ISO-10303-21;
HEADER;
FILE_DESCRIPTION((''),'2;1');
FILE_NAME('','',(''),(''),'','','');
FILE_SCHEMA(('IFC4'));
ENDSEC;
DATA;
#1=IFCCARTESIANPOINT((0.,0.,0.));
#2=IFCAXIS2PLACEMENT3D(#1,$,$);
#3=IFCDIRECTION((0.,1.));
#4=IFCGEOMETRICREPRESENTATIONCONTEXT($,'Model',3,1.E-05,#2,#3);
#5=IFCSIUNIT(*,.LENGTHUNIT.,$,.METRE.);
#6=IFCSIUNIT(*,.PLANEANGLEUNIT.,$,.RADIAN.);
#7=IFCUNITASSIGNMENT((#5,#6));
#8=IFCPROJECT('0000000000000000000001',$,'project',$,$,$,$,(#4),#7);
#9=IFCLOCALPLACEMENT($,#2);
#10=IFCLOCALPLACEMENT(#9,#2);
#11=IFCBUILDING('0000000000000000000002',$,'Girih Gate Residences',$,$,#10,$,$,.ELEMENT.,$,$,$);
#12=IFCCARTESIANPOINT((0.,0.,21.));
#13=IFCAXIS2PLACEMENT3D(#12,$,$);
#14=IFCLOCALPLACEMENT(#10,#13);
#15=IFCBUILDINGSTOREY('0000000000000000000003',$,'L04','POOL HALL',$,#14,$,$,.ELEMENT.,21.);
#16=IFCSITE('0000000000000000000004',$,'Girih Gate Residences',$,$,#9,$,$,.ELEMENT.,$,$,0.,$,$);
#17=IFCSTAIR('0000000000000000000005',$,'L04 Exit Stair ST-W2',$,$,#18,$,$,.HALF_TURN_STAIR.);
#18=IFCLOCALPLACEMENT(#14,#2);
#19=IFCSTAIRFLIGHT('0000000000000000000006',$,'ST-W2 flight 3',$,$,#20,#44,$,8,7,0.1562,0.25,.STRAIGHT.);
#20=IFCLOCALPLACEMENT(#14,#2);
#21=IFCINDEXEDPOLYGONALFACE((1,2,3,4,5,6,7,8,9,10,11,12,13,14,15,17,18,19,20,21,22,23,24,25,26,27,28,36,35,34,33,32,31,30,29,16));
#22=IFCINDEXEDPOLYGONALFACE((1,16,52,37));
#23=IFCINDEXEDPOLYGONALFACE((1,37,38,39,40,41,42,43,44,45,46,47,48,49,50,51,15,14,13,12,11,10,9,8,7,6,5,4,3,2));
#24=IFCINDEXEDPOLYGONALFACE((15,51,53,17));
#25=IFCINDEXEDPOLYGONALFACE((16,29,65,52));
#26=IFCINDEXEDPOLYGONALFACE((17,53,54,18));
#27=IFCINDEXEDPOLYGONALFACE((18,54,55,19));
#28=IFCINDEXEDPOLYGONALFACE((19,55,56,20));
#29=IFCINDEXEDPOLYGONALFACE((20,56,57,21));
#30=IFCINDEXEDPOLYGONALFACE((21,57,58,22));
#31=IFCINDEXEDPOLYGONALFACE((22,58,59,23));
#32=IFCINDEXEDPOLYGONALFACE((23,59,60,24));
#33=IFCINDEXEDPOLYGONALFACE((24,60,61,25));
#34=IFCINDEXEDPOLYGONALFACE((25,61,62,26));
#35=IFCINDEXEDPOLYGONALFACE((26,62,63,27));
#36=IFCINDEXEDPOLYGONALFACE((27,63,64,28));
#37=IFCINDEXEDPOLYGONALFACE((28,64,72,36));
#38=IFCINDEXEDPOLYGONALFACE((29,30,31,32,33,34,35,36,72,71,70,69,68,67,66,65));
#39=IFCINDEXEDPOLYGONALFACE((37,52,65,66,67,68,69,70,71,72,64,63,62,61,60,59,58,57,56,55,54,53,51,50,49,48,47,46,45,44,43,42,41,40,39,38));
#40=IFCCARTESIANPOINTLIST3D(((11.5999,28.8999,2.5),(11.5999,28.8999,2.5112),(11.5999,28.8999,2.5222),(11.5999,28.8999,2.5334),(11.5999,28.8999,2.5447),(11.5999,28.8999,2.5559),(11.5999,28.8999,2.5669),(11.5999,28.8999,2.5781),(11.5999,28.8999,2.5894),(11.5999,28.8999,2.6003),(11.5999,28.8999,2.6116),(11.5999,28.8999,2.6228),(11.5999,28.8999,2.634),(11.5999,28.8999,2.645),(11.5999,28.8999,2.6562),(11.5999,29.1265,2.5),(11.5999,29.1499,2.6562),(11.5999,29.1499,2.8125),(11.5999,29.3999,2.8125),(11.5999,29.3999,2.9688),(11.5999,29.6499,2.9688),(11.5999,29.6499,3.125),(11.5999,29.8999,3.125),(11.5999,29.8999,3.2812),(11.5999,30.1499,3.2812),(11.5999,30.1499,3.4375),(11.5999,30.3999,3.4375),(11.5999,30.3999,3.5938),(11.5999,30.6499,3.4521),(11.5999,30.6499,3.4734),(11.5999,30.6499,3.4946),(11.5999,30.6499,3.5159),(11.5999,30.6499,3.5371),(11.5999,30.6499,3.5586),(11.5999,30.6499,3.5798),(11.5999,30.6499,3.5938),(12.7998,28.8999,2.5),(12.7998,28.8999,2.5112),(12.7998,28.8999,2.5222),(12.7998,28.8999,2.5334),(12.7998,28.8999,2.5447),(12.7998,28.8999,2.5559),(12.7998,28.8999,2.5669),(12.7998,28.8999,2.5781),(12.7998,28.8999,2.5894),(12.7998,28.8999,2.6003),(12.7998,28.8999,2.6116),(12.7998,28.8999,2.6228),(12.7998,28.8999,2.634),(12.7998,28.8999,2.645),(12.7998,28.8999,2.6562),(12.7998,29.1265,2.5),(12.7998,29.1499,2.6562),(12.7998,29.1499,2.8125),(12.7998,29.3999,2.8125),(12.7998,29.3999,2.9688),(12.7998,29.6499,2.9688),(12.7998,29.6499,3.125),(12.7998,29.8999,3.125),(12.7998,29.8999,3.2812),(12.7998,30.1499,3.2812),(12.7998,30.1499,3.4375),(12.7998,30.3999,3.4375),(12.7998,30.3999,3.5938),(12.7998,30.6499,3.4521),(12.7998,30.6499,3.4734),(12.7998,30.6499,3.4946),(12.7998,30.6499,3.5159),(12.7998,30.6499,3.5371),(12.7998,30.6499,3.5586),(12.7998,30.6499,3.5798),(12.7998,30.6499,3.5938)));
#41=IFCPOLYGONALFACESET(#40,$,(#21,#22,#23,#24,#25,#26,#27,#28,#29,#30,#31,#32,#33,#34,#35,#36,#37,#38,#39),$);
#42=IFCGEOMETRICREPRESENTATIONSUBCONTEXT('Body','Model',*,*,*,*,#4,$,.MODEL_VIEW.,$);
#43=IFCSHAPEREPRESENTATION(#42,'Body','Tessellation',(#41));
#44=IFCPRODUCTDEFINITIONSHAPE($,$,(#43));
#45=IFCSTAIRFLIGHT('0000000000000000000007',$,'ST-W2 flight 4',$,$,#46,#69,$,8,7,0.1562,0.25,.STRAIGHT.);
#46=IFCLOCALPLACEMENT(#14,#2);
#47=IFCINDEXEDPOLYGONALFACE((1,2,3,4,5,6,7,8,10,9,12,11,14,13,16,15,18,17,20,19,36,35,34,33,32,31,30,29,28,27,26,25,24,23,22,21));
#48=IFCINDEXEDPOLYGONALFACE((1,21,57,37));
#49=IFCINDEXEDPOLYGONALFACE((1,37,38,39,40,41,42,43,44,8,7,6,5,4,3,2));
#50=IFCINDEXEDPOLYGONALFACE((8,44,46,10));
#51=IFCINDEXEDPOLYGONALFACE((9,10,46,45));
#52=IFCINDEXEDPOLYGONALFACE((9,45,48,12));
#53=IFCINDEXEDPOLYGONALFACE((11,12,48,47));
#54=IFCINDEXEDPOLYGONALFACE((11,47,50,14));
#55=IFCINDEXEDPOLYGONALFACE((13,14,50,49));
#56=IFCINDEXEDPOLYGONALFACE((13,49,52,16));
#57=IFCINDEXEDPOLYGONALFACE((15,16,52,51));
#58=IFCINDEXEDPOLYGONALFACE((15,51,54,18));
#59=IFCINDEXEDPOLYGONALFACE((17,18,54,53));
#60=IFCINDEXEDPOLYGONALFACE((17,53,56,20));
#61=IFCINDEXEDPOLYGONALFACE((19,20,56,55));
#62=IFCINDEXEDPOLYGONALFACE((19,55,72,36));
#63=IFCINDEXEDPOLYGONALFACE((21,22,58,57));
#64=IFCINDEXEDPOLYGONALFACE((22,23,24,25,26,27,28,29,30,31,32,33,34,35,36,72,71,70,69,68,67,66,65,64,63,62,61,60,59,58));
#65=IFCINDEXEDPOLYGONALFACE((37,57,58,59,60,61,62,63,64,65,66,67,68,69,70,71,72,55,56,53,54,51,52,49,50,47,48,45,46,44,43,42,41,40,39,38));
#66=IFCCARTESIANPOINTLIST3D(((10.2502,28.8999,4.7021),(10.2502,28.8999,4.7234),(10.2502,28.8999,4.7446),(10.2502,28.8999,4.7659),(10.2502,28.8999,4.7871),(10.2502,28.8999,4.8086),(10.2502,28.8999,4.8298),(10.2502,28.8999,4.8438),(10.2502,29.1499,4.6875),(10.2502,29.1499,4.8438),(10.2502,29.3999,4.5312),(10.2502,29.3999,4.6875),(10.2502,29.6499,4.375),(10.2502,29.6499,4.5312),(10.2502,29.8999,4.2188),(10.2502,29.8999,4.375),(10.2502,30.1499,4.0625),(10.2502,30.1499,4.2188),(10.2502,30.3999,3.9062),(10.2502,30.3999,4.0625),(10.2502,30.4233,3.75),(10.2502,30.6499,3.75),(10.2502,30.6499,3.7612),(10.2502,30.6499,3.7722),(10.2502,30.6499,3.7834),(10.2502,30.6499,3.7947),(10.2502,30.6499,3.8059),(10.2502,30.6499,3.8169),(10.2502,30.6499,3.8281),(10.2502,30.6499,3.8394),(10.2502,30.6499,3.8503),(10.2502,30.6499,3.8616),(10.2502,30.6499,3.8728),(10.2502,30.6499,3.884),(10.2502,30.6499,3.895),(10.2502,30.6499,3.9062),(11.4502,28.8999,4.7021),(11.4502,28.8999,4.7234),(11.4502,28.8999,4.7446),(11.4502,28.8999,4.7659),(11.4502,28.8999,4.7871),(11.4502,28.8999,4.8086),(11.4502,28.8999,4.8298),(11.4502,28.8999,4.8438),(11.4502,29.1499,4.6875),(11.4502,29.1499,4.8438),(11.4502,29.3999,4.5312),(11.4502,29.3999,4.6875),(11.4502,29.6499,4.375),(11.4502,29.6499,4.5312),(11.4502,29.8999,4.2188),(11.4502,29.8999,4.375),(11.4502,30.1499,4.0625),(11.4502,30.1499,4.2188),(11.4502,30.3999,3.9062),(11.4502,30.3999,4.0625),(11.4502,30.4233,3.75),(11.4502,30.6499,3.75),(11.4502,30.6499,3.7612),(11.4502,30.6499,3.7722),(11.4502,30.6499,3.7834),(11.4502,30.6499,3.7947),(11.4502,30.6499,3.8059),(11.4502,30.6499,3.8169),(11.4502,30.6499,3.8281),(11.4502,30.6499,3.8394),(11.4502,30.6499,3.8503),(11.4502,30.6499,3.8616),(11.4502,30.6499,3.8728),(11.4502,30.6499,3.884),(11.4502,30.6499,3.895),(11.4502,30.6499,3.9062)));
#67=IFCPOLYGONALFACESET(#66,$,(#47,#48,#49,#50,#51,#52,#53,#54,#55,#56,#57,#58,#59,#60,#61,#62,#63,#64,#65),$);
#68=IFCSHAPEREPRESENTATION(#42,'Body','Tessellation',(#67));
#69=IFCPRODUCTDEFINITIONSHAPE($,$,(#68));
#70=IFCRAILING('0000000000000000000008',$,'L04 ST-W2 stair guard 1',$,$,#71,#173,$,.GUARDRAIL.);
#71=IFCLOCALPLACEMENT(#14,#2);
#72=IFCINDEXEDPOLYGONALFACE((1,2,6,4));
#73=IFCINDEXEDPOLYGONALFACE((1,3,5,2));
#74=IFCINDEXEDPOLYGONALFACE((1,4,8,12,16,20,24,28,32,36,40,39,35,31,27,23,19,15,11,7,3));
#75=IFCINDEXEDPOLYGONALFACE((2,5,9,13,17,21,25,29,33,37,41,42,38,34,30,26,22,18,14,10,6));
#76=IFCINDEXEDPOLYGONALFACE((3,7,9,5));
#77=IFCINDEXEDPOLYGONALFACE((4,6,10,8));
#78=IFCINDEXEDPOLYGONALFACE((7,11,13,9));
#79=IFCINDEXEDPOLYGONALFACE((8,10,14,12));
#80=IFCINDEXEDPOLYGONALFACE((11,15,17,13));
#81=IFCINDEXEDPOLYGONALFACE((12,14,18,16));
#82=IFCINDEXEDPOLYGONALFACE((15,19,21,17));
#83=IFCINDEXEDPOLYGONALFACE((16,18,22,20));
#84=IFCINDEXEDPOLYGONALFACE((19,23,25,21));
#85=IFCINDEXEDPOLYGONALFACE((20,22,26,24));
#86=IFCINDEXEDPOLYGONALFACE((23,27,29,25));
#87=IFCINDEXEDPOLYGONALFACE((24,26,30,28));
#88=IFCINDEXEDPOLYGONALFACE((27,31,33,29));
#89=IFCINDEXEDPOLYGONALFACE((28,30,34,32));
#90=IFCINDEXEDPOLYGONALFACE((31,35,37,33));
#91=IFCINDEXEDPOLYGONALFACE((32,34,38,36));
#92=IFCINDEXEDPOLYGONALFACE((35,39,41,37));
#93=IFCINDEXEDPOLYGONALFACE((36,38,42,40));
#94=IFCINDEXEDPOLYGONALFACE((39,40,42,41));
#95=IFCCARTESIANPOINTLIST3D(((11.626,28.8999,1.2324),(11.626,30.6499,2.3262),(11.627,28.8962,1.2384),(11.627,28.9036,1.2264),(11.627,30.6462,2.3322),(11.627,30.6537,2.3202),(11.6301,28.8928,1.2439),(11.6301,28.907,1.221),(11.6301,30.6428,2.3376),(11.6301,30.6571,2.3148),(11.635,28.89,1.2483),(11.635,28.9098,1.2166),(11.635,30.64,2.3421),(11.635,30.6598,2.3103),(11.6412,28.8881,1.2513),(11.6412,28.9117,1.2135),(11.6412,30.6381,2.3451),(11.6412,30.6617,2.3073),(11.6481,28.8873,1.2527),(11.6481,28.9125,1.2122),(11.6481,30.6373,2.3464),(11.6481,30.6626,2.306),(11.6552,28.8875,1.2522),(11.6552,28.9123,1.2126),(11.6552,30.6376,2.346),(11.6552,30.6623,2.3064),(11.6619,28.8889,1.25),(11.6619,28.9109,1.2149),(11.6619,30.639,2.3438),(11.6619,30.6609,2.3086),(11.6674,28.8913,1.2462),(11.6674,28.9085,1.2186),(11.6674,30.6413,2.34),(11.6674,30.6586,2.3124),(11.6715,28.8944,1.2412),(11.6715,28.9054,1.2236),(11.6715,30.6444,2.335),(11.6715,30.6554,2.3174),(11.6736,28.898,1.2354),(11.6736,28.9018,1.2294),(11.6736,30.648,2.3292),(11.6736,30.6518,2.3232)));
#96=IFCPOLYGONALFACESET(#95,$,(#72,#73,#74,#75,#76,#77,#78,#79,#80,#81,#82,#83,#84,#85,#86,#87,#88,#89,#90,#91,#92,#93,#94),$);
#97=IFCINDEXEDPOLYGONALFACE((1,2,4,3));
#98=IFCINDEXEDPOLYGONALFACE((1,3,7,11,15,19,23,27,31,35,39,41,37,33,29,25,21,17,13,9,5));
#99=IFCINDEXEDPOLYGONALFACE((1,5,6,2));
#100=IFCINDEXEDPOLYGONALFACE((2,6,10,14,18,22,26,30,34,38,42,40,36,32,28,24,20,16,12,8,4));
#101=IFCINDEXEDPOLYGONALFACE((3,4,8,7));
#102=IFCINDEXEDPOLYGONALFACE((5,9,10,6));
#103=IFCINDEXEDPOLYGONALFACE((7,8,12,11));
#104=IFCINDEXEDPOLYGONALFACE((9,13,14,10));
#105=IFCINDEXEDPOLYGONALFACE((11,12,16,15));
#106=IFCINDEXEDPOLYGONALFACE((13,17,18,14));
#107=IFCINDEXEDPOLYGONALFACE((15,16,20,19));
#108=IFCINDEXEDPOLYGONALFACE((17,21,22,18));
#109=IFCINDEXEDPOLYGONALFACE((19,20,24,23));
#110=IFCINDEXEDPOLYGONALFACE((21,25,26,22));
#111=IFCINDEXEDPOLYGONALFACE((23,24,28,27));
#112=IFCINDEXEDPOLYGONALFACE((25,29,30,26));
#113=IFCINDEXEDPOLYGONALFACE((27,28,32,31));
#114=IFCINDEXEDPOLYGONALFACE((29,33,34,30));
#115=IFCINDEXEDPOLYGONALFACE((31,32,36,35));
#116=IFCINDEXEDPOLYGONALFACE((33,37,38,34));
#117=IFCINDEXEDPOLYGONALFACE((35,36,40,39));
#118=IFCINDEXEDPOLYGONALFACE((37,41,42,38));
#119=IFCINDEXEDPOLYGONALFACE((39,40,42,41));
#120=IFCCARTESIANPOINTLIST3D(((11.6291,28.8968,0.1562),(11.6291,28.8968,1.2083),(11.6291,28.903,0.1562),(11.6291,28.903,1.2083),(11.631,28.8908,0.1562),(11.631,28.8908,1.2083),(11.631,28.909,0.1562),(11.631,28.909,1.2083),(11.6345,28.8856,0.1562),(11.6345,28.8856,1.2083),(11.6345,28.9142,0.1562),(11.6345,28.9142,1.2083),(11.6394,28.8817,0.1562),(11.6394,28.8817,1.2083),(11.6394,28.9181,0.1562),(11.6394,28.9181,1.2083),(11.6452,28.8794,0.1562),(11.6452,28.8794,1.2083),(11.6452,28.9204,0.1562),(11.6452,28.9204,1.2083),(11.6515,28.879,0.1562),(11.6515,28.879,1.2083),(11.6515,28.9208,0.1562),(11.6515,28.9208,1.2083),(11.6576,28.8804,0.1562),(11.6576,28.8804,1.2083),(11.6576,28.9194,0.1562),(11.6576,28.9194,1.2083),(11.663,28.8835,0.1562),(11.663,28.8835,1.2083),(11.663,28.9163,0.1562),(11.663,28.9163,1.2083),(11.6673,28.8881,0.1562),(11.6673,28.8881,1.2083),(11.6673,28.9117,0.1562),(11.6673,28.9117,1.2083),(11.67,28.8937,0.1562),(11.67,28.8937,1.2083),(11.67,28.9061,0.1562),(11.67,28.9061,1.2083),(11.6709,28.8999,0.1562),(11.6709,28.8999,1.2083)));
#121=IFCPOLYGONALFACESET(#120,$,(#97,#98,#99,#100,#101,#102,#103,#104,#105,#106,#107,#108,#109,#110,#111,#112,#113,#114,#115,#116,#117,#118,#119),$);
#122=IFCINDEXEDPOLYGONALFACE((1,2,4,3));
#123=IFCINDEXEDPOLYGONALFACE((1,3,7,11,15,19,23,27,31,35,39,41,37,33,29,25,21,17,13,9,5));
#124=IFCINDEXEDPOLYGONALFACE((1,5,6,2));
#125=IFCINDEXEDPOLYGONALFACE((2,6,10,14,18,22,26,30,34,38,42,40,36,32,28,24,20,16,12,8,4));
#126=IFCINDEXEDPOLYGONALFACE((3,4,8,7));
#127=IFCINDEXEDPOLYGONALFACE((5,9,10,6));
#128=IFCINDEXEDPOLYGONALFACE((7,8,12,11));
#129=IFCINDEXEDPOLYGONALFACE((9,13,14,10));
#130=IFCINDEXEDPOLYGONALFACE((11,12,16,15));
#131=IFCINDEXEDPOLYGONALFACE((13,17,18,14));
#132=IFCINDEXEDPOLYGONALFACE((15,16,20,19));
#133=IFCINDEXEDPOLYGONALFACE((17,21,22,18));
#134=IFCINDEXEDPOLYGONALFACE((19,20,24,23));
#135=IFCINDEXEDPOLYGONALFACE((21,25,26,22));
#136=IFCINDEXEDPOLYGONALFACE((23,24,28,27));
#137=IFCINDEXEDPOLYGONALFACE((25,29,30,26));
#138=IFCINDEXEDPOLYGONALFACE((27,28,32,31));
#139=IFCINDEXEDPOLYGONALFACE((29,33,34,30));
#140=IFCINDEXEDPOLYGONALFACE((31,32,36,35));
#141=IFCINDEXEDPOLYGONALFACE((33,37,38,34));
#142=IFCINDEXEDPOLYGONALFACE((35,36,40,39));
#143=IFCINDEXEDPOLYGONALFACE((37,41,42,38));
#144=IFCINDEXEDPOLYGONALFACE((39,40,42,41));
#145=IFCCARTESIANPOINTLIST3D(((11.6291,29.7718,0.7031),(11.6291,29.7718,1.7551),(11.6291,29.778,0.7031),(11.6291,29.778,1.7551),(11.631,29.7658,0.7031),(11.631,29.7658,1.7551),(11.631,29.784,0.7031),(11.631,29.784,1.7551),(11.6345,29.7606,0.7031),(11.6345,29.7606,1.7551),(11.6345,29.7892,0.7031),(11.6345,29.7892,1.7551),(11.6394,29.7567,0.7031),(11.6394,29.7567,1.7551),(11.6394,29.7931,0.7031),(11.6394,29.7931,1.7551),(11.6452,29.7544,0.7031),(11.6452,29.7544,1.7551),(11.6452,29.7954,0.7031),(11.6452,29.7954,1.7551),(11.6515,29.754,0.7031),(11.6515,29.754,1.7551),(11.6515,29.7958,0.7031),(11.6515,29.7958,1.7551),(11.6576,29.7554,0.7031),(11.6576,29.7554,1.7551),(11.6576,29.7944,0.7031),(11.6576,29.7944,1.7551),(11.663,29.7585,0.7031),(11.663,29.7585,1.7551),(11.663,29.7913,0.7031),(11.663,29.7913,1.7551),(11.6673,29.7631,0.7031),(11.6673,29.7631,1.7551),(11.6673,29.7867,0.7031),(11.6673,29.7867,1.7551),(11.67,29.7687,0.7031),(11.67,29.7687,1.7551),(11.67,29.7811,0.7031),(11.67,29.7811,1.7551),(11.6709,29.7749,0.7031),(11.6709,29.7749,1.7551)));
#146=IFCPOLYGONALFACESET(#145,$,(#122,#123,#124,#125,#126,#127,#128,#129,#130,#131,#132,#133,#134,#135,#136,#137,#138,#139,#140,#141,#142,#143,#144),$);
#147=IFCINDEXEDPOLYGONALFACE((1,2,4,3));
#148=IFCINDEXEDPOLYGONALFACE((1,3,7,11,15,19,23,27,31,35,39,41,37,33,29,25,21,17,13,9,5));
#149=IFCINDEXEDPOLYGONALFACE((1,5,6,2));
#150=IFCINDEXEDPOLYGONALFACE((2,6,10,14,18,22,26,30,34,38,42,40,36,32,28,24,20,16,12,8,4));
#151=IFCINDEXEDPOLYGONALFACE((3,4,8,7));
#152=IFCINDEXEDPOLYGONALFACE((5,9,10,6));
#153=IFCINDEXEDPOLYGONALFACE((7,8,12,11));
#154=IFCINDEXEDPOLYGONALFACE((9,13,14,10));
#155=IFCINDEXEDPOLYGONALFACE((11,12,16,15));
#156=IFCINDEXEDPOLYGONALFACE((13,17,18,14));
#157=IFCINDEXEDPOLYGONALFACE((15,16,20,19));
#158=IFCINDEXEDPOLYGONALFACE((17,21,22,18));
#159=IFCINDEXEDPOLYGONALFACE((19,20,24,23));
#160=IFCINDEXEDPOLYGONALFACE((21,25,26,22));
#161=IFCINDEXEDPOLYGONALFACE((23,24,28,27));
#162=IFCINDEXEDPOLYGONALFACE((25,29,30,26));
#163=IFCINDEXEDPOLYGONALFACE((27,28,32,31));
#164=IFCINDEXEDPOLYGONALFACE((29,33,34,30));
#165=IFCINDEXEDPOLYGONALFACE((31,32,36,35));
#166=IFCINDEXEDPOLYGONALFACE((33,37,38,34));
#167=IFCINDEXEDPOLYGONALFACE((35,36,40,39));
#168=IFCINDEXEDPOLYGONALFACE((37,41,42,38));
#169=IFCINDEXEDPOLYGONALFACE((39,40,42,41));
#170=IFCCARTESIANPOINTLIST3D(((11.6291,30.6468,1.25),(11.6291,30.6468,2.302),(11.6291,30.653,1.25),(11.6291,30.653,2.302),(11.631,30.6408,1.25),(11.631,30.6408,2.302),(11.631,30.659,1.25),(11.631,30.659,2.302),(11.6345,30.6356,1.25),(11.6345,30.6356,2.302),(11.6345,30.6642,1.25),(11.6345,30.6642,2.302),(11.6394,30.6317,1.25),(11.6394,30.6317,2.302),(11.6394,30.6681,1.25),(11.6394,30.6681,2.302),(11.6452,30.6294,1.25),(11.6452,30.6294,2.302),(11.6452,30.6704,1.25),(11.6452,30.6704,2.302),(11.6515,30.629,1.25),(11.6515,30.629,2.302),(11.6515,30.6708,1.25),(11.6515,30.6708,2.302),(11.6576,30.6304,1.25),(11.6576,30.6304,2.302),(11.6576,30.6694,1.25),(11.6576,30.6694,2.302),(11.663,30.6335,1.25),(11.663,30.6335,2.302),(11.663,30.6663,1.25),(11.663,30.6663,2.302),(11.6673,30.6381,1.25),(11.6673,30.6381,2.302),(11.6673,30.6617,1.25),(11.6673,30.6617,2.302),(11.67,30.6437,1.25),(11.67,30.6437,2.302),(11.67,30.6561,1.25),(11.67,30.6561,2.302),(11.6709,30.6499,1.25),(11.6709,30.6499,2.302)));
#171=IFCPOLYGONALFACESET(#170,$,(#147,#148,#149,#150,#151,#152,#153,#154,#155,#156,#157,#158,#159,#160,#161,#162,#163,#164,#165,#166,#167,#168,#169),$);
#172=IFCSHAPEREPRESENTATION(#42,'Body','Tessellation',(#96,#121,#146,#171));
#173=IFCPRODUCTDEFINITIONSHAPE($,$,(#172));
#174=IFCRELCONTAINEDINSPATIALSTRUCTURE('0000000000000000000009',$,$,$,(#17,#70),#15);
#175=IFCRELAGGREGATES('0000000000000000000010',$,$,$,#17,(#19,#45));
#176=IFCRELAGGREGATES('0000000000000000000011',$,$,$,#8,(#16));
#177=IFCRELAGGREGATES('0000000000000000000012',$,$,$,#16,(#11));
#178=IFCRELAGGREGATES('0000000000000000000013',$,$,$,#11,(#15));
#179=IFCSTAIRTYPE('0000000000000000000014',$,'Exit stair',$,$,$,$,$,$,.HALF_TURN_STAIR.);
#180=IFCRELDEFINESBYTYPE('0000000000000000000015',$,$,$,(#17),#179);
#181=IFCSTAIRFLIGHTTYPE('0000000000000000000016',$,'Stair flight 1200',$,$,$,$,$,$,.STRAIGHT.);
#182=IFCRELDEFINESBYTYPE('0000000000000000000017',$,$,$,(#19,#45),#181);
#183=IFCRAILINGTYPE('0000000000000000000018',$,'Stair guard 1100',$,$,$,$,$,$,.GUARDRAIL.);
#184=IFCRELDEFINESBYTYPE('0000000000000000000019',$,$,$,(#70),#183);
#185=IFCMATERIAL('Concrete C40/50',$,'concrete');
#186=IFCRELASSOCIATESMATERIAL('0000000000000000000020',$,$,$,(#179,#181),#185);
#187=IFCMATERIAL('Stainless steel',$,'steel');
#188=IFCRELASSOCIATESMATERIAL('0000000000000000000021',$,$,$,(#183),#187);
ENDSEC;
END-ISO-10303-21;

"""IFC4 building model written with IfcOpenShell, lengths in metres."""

from ifc_helpers import new_model, si_unit, direction, frame, origin, origin_2d, place, context, subcontext, project, spatial, polyline, circle, outline, extrude, material, type_object, element, aggregate, save


model = new_model("IFC4")

# Units and contexts
model_context = context("Model", 3, precision=1e-05, world=origin(), true_north=direction((0.0, 1.0)))
body_context = subcontext(model_context, "Body", "Model", "MODEL_VIEW")
ifc_project = project(units=[si_unit("LENGTHUNIT", "METRE"), si_unit("PLANEANGLEUNIT", "RADIAN")], contexts=[model_context])

# Site, building, storey
site_placement = place(None, origin())
site = spatial("IfcSite", under=ifc_project, at=site_placement, Name="Girih Gate Residences", CompositionType="ELEMENT", RefElevation=0.0)
building_placement = place(site_placement, origin())
building = spatial("IfcBuilding", under=site, at=building_placement, Name="Girih Gate Residences", CompositionType="ELEMENT")
storey_placement = place(building_placement, frame((0.0, 0.0, 21.0)))
storey = spatial("IfcBuildingStorey", under=building, at=storey_placement, Name="L04", Description="POOL HALL", CompositionType="ELEMENT", Elevation=21.0)

# Shared definitions
ifc_material_1 = material(Name="Concrete C40/50", Category="concrete")

# Stair, stair flights
stair_type = type_object("IfcStairType", Name="Exit stair", PredefinedType="HALF_TURN_STAIR", material=ifc_material_1)
stair_placement = place(storey_placement, origin())
stair = element("IfcStair", 1, at=stair_placement, inside=storey, type_object=stair_type, Name="L04 Exit Stair ST-W2", PredefinedType="HALF_TURN_STAIR")
stair_flight_type = type_object("IfcStairFlightType", Name="Stair flight 1200", PredefinedType="STRAIGHT", material=ifc_material_1)
stair_flight_1_placement = place(storey_placement, frame((12.2, 28.8999, 2.5), z_axis=(0.0, 0.0, 1.0), x_axis=(0.0, 1.0, 0.0)))
stair_flight_1 = element("IfcStairFlight", 2, at=stair_flight_1_placement, type_object=stair_flight_type, Name="ST-W2 flight 3", NumberOfRisers=8, NumberOfTreads=7, PredefinedType="STRAIGHT", RiserHeight=0.1562, TreadLength=0.25, context=body_context, shape_type="SweptSolid", body=[
    extrude(outline(polyline([(0.0, 0.0), (0.0, 0.0112), (0.0, 0.0222), (0.0, 0.0334), (0.0, 0.0447), (0.0, 0.0559), (0.0, 0.0669), (0.0, 0.0781), (0.0, 0.0894), (0.0, 0.1003), (0.0, 0.1116), (0.0, 0.1228), (0.0, 0.134), (0.0, 0.145), (0.0, 0.1562), (0.25, 0.1562), (0.25, 0.3125), (0.5, 0.3125), (0.5, 0.4688), (0.75, 0.4688), (0.75, 0.625), (1.0, 0.625), (1.0, 0.7812), (1.25, 0.7812), (1.25, 0.9375), (1.5, 0.9375), (1.5, 1.0938), (1.75, 1.0938), (1.75, 1.105), (1.75, 1.116), (1.75, 1.1272), (1.75, 1.1384), (1.75, 1.1497), (1.75, 1.1606), (1.75, 1.1719), (1.75, 1.1831), (1.75, 1.1941), (1.75, 1.2053), (1.75, 1.2166), (1.75, 1.2278), (1.75, 1.2388), (1.75, 1.25), (1.75, 1.2288), (1.75, 1.2075), (1.75, 1.1863), (1.75, 1.1648), (1.75, 1.1436), (1.75, 1.1223), (1.75, 1.1011), (1.75, 1.0798), (1.75, 1.0586), (1.75, 1.0371), (1.75, 1.0159), (1.75, 0.9946), (1.75, 0.9734), (1.75, 0.9521), (0.2266, 0.0), (0.0, 0.0)])), frame((0.0, 0.6001, 0.0), z_axis=(0.0, -1.0, 0.0), x_axis=(1.0, 0.0, 0.0)), (0.0, 0.0, 1.0), 1.2),
])
stair_flight_2_placement = place(storey_placement, frame((10.8501, 30.6499, 3.75), z_axis=(0.0, 0.0, 1.0), x_axis=(0.0, -1.0, 0.0)))
stair_flight_2 = element("IfcStairFlight", 3, at=stair_flight_2_placement, type_object=stair_flight_type, Name="ST-W2 flight 4", NumberOfRisers=8, NumberOfTreads=7, PredefinedType="STRAIGHT", RiserHeight=0.1562, TreadLength=0.25, context=body_context, shape_type="SweptSolid", body=[
    extrude(outline(polyline([(0.0, 0.0), (0.0, 0.0112), (0.0, 0.0222), (0.0, 0.0334), (0.0, 0.0447), (0.0, 0.0559), (0.0, 0.0669), (0.0, 0.0781), (0.0, 0.0894), (0.0, 0.1003), (0.0, 0.1116), (0.0, 0.1228), (0.0, 0.134), (0.0, 0.145), (0.0, 0.1562), (0.25, 0.1562), (0.25, 0.3125), (0.5, 0.3125), (0.5, 0.4688), (0.75, 0.4688), (0.75, 0.625), (1.0, 0.625), (1.0, 0.7812), (1.25, 0.7812), (1.25, 0.9375), (1.5, 0.9375), (1.5, 1.0938), (1.75, 1.0938), (1.75, 1.105), (1.75, 1.116), (1.75, 1.1272), (1.75, 1.1384), (1.75, 1.1497), (1.75, 1.1606), (1.75, 1.1719), (1.75, 1.1831), (1.75, 1.1941), (1.75, 1.2053), (1.75, 1.2166), (1.75, 1.2278), (1.75, 1.2388), (1.75, 1.25), (1.75, 1.2288), (1.75, 1.2075), (1.75, 1.1863), (1.75, 1.1648), (1.75, 1.1436), (1.75, 1.1223), (1.75, 1.1011), (1.75, 1.0798), (1.75, 1.0586), (1.75, 1.0371), (1.75, 1.0159), (1.75, 0.9946), (1.75, 0.9734), (1.75, 0.9521), (0.2266, 0.0), (0.0, 0.0)])), frame((0.0, 0.6001, 0.0), z_axis=(0.0, -1.0, 0.0), x_axis=(1.0, 0.0, 0.0)), (0.0, 0.0, 1.0), 1.2),
])
aggregate(stair, [stair_flight_1, stair_flight_2])

# Railing
ifc_material_2 = material(Name="Stainless steel", Category="steel")
railing_type_1 = type_object("IfcRailingType", Name="Stair guard 1100", PredefinedType="GUARDRAIL", material=ifc_material_2)
railing_1_placement = place(storey_placement, frame((11.6499, 28.8999, 0.1562)))
element("IfcRailing", 4, at=railing_1_placement, inside=storey, type_object=railing_type_1, Name="L04 ST-W2 stair guard 1", PredefinedType="GUARDRAIL", context=body_context, shape_type="SweptSolid", body=[
    extrude(circle(Radius=0.0239, at=origin_2d()), frame((0.0, 0.0, 1.0762), z_axis=(0.0, 0.847998, 0.529999), x_axis=(-1.0, 0.0, 0.0)), (0.0, 0.0, 1.0), 2.0637),
    extrude(circle(Radius=0.021, at=origin_2d()), origin(), (0.0, 0.0, 1.0), 1.052),
    extrude(circle(Radius=0.021, at=origin_2d()), frame((0.0, 0.875, 0.5469)), (0.0, 0.0, 1.0), 1.052),
    extrude(circle(Radius=0.021, at=origin_2d()), frame((0.0, 1.75, 1.0938)), (0.0, 0.0, 1.0), 1.052),
])

save(model, "model.ifc")
